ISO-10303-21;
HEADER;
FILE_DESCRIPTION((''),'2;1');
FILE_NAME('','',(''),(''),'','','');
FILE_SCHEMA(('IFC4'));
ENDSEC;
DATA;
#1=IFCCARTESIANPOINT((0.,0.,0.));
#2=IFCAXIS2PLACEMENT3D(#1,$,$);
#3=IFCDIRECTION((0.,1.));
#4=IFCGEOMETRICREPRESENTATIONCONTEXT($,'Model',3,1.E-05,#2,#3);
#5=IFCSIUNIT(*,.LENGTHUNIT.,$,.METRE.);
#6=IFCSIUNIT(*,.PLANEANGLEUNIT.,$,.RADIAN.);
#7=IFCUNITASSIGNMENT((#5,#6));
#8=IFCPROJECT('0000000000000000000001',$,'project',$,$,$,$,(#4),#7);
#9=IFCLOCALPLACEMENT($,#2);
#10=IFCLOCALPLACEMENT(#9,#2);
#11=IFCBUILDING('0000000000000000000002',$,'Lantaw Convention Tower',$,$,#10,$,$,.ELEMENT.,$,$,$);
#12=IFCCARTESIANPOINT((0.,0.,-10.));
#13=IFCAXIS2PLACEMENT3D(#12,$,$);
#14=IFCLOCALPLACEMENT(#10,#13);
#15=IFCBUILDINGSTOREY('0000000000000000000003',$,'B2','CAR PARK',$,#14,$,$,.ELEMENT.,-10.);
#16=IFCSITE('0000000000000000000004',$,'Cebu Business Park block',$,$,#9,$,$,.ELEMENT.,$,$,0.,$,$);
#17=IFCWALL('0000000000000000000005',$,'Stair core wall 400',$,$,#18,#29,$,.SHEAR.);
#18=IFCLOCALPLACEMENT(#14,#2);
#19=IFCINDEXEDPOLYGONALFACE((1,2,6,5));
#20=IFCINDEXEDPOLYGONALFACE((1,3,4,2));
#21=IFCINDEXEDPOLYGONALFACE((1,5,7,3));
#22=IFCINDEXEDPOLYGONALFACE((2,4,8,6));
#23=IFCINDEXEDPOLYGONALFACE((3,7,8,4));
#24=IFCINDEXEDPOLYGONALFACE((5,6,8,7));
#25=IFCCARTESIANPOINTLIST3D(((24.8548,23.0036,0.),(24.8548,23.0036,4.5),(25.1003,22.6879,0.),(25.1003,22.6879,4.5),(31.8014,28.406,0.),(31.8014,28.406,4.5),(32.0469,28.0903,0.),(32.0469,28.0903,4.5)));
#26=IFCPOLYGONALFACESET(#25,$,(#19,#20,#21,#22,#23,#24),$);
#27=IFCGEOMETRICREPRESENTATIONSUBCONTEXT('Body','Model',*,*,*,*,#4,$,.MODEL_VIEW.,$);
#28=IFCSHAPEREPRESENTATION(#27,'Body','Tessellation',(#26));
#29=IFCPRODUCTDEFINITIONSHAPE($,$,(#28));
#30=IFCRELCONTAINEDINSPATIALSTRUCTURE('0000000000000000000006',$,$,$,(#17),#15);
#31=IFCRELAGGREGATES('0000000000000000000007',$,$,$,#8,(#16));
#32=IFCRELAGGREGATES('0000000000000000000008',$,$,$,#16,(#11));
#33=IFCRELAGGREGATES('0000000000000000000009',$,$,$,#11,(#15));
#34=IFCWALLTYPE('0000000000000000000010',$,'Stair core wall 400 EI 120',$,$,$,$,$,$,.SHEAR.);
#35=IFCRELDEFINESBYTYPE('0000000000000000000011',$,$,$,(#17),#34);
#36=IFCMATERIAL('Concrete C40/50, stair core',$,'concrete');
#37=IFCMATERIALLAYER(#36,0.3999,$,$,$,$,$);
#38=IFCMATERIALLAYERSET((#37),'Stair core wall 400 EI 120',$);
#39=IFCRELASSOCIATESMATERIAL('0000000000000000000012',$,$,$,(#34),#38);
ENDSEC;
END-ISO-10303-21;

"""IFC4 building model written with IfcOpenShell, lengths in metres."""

from ifc_helpers import new_model, si_unit, direction, frame, frame_2d, origin, place, context, subcontext, project, spatial, rectangle, extrude, material, layer, layer_set, type_object, element, save


model = new_model("IFC4")

# Units and contexts
model_context = context("Model", 3, precision=1e-05, world=origin(), true_north=direction((0.0, 1.0)))
body_context = subcontext(model_context, "Body", "Model", "MODEL_VIEW")
ifc_project = project(units=[si_unit("LENGTHUNIT", "METRE"), si_unit("PLANEANGLEUNIT", "RADIAN")], contexts=[model_context])

# Site, building, storey
site_placement = place(None, origin())
site = spatial("IfcSite", under=ifc_project, at=site_placement, Name="Cebu Business Park block", CompositionType="ELEMENT", RefElevation=0.0)
building_placement = place(site_placement, origin())
building = spatial("IfcBuilding", under=site, at=building_placement, Name="Lantaw Convention Tower", CompositionType="ELEMENT")
storey_placement = place(building_placement, frame((0.0, 0.0, -10.0)))
storey = spatial("IfcBuildingStorey", under=building, at=storey_placement, Name="B2", Description="CAR PARK", CompositionType="ELEMENT", Elevation=-10.0)

# Shared definitions
ifc_material_1 = material(Name="Concrete C40/50, stair core", Category="concrete")
ifc_layer_1 = layer(ifc_material_1, 0.3999)
ifc_layer_set_1 = layer_set([ifc_layer_1], Name="Stair core wall 400 EI 120")
wall_type_1 = type_object("IfcWallType", Name="Stair core wall 400 EI 120", PredefinedType="SHEAR", material=ifc_layer_set_1)

# Wall
wall_1_placement = place(storey_placement, frame((31.9241, 28.248, 0.0), z_axis=(0.0, 0.0, 1.0), x_axis=(-0.789381, -0.613904, 0.0)))
element("IfcWall", 1, at=wall_1_placement, inside=storey, type_object=wall_type_1, Name="Stair core wall 400", PredefinedType="SHEAR", context=body_context, shape_type="SweptSolid", body=[
    extrude(rectangle(XDim=8.8, YDim=0.3999, at=frame_2d((4.3999, 0.0))), origin(), (0.0, 0.0, 1.0), 4.5),
])

save(model, "model.ifc")
